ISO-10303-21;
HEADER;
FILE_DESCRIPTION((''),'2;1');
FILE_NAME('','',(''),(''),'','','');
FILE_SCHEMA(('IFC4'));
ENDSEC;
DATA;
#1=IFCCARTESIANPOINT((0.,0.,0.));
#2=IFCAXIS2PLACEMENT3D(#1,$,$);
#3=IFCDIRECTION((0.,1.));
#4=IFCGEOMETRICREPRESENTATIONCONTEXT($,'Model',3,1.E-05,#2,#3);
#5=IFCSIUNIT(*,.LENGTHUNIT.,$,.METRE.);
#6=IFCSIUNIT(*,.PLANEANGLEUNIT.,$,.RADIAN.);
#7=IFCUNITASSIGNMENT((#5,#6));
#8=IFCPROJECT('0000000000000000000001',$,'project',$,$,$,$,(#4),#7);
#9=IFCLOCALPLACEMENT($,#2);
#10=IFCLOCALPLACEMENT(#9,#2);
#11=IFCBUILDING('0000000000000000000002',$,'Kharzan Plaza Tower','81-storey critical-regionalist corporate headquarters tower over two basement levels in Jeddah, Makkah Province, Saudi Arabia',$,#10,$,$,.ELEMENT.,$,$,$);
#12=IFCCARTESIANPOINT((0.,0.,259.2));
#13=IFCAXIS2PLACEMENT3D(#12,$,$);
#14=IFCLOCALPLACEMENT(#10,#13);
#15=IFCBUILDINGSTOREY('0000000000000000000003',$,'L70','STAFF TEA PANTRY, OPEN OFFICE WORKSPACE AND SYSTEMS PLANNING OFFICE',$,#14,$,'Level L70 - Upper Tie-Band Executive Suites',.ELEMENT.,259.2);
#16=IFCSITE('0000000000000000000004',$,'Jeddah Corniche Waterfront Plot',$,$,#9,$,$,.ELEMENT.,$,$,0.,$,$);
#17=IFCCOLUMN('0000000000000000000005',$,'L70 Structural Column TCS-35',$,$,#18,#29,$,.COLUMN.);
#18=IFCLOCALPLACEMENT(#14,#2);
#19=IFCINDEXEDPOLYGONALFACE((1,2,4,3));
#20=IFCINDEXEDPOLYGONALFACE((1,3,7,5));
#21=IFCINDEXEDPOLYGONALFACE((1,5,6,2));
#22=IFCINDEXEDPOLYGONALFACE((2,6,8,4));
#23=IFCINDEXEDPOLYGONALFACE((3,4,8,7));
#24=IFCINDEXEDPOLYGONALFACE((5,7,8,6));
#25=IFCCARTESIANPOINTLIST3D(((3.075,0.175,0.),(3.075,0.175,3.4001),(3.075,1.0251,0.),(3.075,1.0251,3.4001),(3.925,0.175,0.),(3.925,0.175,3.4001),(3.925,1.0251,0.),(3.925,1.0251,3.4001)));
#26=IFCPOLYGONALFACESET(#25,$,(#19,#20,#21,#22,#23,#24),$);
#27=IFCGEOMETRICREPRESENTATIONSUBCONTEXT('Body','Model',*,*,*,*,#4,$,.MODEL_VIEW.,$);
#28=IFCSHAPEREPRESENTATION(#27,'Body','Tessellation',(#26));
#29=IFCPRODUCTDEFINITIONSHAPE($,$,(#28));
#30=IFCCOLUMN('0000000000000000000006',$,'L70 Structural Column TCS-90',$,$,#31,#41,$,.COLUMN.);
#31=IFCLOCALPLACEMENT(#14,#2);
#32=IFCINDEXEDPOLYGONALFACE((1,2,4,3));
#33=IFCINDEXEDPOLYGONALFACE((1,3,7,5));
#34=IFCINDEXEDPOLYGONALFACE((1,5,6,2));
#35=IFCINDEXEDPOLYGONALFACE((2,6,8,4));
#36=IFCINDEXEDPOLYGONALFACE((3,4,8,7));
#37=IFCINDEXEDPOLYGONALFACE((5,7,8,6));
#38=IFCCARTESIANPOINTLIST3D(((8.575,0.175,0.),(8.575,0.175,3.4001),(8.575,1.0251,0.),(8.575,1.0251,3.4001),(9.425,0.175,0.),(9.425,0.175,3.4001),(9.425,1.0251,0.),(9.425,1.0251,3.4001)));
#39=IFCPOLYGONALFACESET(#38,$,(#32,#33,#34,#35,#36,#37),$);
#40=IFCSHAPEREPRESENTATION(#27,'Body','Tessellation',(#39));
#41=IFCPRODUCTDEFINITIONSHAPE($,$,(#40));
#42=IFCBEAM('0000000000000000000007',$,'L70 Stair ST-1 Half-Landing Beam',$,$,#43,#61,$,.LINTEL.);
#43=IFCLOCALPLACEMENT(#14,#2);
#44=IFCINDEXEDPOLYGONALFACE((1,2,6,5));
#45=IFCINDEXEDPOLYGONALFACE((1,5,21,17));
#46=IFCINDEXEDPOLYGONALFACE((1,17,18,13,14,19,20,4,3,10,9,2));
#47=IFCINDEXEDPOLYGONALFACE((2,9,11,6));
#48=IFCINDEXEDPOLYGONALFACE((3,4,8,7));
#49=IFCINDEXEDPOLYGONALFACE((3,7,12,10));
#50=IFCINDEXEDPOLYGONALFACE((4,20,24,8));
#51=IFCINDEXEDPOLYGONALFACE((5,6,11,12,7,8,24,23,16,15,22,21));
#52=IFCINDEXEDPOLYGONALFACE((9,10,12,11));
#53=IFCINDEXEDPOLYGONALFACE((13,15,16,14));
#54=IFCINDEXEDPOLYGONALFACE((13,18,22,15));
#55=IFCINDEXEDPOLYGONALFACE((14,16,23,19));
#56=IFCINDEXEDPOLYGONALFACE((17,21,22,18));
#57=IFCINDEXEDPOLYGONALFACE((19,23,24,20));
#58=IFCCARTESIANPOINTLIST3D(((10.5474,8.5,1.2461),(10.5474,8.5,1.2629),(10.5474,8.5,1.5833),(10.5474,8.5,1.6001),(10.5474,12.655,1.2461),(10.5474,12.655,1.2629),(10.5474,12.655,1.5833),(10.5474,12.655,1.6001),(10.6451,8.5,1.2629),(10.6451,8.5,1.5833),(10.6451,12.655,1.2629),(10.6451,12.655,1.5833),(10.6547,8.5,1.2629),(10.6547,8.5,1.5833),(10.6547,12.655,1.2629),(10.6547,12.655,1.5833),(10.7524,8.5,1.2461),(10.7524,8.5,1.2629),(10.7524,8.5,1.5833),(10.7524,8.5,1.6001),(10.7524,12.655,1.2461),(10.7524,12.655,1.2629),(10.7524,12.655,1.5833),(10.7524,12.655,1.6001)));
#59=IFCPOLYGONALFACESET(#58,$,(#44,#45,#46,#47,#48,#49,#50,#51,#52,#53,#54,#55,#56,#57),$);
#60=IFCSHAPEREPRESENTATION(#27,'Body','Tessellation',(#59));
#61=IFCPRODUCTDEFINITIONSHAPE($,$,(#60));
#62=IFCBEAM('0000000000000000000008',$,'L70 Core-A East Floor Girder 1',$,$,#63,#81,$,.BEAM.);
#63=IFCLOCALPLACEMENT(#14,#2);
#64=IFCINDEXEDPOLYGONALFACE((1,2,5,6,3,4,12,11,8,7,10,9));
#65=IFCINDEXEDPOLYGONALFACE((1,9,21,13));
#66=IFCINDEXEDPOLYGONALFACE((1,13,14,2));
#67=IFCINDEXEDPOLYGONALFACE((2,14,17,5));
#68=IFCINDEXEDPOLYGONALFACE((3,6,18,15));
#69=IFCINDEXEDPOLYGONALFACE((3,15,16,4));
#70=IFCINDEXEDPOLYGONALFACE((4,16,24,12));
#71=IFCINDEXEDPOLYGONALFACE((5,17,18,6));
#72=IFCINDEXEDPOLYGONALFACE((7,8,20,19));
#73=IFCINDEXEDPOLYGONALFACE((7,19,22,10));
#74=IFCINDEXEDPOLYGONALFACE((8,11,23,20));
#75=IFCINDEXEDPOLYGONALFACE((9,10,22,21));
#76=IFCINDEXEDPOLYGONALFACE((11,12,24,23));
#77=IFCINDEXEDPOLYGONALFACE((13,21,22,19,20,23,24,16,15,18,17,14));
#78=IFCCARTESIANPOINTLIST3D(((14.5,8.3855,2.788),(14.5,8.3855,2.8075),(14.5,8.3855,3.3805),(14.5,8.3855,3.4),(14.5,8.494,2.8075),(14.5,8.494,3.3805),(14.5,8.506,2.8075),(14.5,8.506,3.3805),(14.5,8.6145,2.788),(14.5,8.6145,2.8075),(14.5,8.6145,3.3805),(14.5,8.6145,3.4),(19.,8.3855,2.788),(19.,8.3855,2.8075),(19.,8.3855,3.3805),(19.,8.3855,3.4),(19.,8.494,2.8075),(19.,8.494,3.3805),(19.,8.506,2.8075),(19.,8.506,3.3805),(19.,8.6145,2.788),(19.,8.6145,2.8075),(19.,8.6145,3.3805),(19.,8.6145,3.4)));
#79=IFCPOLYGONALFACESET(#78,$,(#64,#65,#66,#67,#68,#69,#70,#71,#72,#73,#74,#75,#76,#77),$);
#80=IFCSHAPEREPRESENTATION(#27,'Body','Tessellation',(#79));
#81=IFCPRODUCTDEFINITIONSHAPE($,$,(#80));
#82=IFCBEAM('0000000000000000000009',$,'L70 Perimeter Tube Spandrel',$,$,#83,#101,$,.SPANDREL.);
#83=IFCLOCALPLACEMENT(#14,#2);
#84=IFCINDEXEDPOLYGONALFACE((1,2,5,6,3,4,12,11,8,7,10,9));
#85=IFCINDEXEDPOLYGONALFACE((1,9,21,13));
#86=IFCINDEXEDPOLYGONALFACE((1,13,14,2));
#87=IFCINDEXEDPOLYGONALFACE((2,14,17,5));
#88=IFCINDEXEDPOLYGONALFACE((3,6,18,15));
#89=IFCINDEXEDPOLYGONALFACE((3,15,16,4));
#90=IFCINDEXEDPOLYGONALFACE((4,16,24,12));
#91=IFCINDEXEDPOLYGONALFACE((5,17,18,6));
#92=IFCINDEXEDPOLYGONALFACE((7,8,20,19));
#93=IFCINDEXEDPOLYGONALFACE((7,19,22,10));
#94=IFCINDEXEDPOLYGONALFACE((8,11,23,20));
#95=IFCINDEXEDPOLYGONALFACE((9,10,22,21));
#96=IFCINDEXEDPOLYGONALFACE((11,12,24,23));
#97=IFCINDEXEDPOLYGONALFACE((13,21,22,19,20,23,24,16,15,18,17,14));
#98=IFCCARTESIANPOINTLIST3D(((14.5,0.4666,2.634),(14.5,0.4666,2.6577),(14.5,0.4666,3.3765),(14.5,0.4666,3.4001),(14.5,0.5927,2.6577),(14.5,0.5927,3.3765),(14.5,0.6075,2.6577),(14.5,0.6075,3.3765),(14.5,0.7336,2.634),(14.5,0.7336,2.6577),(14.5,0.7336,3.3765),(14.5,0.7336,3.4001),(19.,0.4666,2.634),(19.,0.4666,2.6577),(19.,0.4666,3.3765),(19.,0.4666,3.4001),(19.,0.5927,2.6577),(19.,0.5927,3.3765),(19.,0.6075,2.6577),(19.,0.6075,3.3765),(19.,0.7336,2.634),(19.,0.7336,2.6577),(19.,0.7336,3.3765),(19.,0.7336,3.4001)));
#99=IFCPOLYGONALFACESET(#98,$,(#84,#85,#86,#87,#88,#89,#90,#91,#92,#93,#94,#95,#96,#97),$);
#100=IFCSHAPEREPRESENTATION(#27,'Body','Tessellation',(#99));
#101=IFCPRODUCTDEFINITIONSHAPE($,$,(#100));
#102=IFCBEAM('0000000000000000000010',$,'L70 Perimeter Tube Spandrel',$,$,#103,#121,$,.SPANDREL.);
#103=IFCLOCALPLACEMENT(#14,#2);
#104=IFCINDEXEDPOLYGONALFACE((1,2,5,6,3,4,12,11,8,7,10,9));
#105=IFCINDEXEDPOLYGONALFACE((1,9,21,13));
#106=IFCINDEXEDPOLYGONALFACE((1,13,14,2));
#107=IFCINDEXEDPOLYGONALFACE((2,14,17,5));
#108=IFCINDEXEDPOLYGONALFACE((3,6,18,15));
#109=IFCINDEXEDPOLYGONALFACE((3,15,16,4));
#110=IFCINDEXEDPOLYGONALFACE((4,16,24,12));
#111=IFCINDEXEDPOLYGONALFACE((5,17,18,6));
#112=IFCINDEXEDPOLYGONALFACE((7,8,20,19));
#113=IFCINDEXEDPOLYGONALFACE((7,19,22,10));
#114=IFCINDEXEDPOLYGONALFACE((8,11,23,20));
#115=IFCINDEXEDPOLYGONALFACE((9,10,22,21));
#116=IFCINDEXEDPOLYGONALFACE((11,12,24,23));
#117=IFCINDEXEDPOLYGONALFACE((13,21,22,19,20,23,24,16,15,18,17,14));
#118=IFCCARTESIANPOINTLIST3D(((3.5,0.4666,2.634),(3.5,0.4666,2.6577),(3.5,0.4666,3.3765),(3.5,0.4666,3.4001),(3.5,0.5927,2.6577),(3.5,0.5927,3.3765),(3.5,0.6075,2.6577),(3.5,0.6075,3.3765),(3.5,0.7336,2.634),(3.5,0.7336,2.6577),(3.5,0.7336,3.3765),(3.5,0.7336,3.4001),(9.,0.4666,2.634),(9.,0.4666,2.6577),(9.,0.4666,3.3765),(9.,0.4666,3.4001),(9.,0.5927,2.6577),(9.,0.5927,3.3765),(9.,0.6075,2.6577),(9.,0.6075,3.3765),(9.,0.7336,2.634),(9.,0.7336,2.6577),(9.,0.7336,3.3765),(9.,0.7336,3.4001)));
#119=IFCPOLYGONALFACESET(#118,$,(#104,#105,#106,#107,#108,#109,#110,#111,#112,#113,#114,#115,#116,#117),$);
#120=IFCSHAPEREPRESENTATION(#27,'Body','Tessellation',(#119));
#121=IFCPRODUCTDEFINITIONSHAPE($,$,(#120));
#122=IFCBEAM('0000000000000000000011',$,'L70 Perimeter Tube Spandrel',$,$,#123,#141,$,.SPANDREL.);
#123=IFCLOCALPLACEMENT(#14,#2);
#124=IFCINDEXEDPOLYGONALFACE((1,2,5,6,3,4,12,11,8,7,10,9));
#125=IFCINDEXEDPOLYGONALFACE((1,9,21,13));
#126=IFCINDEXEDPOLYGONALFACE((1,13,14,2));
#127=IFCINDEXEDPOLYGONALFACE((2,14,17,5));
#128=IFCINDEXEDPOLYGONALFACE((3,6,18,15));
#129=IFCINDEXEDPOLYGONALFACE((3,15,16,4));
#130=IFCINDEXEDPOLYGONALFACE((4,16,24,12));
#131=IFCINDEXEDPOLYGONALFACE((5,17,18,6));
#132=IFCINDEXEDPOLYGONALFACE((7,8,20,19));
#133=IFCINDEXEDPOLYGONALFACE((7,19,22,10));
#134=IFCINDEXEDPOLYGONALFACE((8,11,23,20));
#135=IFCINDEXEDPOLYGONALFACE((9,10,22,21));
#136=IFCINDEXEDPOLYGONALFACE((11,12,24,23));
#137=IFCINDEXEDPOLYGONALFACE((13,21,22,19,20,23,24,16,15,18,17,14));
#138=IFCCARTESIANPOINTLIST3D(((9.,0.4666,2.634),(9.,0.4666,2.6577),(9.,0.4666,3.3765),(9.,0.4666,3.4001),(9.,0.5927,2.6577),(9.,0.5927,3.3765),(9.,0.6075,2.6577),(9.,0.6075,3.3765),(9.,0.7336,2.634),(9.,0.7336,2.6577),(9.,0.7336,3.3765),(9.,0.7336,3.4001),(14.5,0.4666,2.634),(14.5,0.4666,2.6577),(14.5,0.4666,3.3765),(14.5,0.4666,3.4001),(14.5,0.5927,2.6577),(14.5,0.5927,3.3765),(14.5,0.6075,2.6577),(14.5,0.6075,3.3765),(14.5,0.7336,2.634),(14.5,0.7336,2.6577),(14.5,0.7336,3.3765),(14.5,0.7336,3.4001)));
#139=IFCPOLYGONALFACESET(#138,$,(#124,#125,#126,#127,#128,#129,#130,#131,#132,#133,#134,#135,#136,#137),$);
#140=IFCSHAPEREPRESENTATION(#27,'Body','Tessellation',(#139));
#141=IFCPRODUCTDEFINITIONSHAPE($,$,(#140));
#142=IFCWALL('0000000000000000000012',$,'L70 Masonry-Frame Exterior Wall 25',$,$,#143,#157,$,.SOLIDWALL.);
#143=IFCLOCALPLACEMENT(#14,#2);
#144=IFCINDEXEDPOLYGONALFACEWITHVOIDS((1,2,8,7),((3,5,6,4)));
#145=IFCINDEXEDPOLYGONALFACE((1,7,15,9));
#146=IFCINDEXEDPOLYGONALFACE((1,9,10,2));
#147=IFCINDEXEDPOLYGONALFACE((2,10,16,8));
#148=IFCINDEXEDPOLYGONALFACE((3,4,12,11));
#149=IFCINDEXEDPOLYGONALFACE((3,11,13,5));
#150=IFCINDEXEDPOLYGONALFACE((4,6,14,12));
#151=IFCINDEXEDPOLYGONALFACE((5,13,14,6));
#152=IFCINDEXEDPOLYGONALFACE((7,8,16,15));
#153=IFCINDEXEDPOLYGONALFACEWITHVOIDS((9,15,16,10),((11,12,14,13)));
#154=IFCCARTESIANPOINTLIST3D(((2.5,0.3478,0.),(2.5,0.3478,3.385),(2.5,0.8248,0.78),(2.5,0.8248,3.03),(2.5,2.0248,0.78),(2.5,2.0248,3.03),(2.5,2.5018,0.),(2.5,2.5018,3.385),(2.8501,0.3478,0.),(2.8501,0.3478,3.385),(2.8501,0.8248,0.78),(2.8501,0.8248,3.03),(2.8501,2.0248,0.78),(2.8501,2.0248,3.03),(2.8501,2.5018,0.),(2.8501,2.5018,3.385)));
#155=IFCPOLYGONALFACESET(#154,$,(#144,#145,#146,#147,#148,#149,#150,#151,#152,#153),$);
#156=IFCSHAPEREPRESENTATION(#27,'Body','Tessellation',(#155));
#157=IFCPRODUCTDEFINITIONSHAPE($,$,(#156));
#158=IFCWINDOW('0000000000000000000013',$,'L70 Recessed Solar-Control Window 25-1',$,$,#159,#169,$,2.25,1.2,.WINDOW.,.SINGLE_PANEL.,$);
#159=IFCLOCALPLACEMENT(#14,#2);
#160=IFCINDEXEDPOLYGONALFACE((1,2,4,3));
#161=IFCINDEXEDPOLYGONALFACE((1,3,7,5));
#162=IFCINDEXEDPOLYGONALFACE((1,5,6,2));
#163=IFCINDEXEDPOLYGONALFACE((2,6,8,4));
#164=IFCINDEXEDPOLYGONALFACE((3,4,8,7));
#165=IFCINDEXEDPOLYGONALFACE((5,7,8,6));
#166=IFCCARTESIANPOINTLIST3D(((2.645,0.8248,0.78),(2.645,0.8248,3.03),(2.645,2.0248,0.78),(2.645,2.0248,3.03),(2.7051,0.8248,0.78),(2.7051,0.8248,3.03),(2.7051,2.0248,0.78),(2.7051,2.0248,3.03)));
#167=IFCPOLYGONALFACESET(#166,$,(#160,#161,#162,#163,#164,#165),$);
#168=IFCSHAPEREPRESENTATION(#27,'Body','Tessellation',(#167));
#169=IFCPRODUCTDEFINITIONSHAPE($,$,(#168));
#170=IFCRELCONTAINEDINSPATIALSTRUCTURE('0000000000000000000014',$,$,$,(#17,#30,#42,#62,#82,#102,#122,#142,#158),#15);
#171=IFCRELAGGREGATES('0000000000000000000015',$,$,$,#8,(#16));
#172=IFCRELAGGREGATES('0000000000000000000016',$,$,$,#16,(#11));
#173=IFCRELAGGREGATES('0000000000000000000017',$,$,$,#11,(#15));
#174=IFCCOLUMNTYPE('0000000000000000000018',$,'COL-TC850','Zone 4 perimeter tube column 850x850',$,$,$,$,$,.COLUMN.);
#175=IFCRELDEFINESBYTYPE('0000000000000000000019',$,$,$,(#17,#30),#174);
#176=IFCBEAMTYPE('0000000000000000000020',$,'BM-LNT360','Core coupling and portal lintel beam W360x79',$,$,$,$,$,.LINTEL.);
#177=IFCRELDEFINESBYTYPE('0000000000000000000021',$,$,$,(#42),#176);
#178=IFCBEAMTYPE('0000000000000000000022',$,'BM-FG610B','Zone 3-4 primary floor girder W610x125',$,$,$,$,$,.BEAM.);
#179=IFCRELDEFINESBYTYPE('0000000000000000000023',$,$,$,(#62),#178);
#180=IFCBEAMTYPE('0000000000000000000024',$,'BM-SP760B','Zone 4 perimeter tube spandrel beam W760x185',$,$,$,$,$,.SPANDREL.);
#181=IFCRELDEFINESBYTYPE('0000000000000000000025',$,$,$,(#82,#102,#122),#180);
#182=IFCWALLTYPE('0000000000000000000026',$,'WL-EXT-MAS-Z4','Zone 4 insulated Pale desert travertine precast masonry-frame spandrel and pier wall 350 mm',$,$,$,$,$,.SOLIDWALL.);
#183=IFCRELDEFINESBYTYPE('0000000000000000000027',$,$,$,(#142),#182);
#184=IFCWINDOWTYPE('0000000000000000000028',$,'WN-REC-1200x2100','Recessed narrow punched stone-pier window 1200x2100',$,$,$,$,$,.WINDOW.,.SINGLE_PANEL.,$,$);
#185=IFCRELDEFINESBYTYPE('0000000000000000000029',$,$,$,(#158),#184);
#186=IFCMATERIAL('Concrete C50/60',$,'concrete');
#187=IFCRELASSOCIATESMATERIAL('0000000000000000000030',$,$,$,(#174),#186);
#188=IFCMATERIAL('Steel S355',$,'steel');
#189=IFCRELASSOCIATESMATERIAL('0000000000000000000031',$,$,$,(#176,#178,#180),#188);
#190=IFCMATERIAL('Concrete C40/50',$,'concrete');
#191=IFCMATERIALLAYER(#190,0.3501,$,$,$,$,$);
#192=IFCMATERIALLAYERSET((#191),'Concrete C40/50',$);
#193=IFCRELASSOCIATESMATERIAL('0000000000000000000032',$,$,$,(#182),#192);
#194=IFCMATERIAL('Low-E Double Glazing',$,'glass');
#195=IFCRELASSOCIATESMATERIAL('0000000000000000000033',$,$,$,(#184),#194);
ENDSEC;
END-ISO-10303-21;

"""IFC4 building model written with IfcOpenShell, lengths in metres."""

from ifc_helpers import new_model, si_unit, direction, frame, frame_2d, origin, origin_2d, place, context, subcontext, project, spatial, rectangle, i_section, extrude, source, transform, mapped, material, layer, layer_set, material_profile, profile_set, type_object, element, fill, save


model = new_model("IFC4")

# Units and contexts
model_context = context("Model", 3, precision=1e-05, world=origin(), true_north=direction((0.0, 1.0)))
body_context = subcontext(model_context, "Body", "Model", "MODEL_VIEW")
ifc_project = project(units=[si_unit("LENGTHUNIT", "METRE"), si_unit("PLANEANGLEUNIT", "RADIAN")], contexts=[model_context])

# Site, building, storey
site_placement = place(None, origin())
site = spatial("IfcSite", under=ifc_project, at=site_placement, Name="Jeddah Corniche Waterfront Plot", CompositionType="ELEMENT", RefElevation=0.0)
building_placement = place(site_placement, origin())
building = spatial("IfcBuilding", under=site, at=building_placement, Name="Kharzan Plaza Tower", Description="81-storey critical-regionalist corporate headquarters tower over two basement levels in Jeddah, Makkah Province, Saudi Arabia", CompositionType="ELEMENT")
storey_placement = place(building_placement, frame((0.0, 0.0, 259.2)))
storey = spatial("IfcBuildingStorey", under=building, at=storey_placement, Name="L70", Description="STAFF TEA PANTRY, OPEN OFFICE WORKSPACE AND SYSTEMS PLANNING OFFICE", LongName="Level L70 - Upper Tie-Band Executive Suites", CompositionType="ELEMENT", Elevation=259.2)

# Columns
ifc_material_1 = material(Name="Concrete C50/60", Category="concrete")
ifc_material_profile_1 = material_profile(ifc_material_1, rectangle(XDim=0.8501, YDim=0.8501, at=origin_2d()), Name="RC-TC850x850")
ifc_profile_set_1 = profile_set([ifc_material_profile_1], Name="Concrete C50/60")
column_type = type_object("IfcColumnType", Name="COL-TC850", Description="Zone 4 perimeter tube column 850x850", PredefinedType="COLUMN", material=ifc_profile_set_1)
shared_shape_1 = source(origin(), body_context, "Body", "SweptSolid", [
    extrude(rectangle(XDim=0.8501, YDim=0.8501, at=origin_2d()), origin(), (0.0, 0.0, 1.0), 3.4001),
])
for number, where, z_axis, x_axis, name in (
    (1, (3.5, 0.6001, 0.0), (0.0, 0.0, 1.0), (1.0, 0.0, 0.0), "L70 Structural Column TCS-35"),
    (2, (9.0, 0.6001, 0.0), (0.0, 0.0, 1.0), (1.0, 0.0, 0.0), "L70 Structural Column TCS-90"),
):
    element("IfcColumn", number, at=place(storey_placement, frame(where, z_axis=z_axis, x_axis=x_axis)), inside=storey, type_object=column_type, Name=name, PredefinedType="COLUMN", context=body_context, shape_type="MappedRepresentation", body=[
        mapped(shared_shape_1, transform((0.0, 0.0, 0.0), x_axis=(1.0, 0.0, 0.0), y_axis=(0.0, 1.0, 0.0), z_axis=(0.0, 0.0, 1.0))),
    ])

# Beams
ifc_material_2 = material(Name="Steel S355", Category="steel")
ifc_material_profile_2 = material_profile(ifc_material_2, i_section(OverallWidth=0.2051, OverallDepth=0.354, WebThickness=0.0095, FlangeThickness=0.0168, at=origin_2d()), Name="W360x79")
ifc_profile_set_2 = profile_set([ifc_material_profile_2], Name="Steel S355")
beam_type_1 = type_object("IfcBeamType", Name="BM-LNT360", Description="Core coupling and portal lintel beam W360x79", PredefinedType="LINTEL", material=ifc_profile_set_2)
shared_shape_2 = source(origin(), body_context, "Body", "SweptSolid", [
    extrude(i_section(OverallWidth=0.2051, OverallDepth=0.354, WebThickness=0.0095, FlangeThickness=0.0168, at=origin_2d()), origin(), (0.0, 0.0, 1.0), 4.155),
])
beam_1_placement = place(storey_placement, frame((10.6499, 8.5, 1.4231), z_axis=(0.0, 1.0, 0.0), x_axis=(-1.0, 0.0, 0.0)))
element("IfcBeam", 3, at=beam_1_placement, inside=storey, type_object=beam_type_1, Name="L70 Stair ST-1 Half-Landing Beam", PredefinedType="LINTEL", context=body_context, shape_type="MappedRepresentation", body=[
    mapped(shared_shape_2, transform((0.0, 0.0, 0.0), x_axis=(1.0, 0.0, 0.0), y_axis=(0.0, 1.0, 0.0), z_axis=(0.0, 0.0, 1.0))),
])
ifc_material_profile_3 = material_profile(ifc_material_2, i_section(OverallWidth=0.229, OverallDepth=0.6121, WebThickness=0.012, FlangeThickness=0.0195, at=origin_2d()), Name="W610x125")
ifc_profile_set_3 = profile_set([ifc_material_profile_3], Name="Steel S355")
beam_type_2 = type_object("IfcBeamType", Name="BM-FG610B", Description="Zone 3-4 primary floor girder W610x125", PredefinedType="BEAM", material=ifc_profile_set_3)
shared_shape_3 = source(origin(), body_context, "Body", "SweptSolid", [
    extrude(i_section(OverallWidth=0.229, OverallDepth=0.6121, WebThickness=0.012, FlangeThickness=0.0195, at=origin_2d()), origin(), (0.0, 0.0, 1.0), 4.5),
])
beam_2_placement = place(storey_placement, frame((14.5, 8.5, 3.094), z_axis=(1.0, 0.0, 0.0), x_axis=(0.0, 1.0, 0.0)))
element("IfcBeam", 4, at=beam_2_placement, inside=storey, type_object=beam_type_2, Name="L70 Core-A East Floor Girder 1", PredefinedType="BEAM", context=body_context, shape_type="MappedRepresentation", body=[
    mapped(shared_shape_3, transform((0.0, 0.0, 0.0), x_axis=(1.0, 0.0, 0.0), y_axis=(0.0, 1.0, 0.0), z_axis=(0.0, 0.0, 1.0))),
])
ifc_material_profile_4 = material_profile(ifc_material_2, i_section(OverallWidth=0.2671, OverallDepth=0.7661, WebThickness=0.0149, FlangeThickness=0.0237, at=origin_2d()), Name="W760x185")
ifc_profile_set_4 = profile_set([ifc_material_profile_4], Name="Steel S355")
beam_type_3 = type_object("IfcBeamType", Name="BM-SP760B", Description="Zone 4 perimeter tube spandrel beam W760x185", PredefinedType="SPANDREL", material=ifc_profile_set_4)
shared_shape_4 = source(origin(), body_context, "Body", "SweptSolid", [
    extrude(i_section(OverallWidth=0.2671, OverallDepth=0.7661, WebThickness=0.0149, FlangeThickness=0.0237, at=origin_2d()), origin(), (0.0, 0.0, 1.0), 4.5),
])
beam_3_placement = place(storey_placement, frame((14.5, 0.6001, 3.0171), z_axis=(1.0, 0.0, 0.0), x_axis=(0.0, 1.0, 0.0)))
element("IfcBeam", 5, at=beam_3_placement, inside=storey, type_object=beam_type_3, Name="L70 Perimeter Tube Spandrel", PredefinedType="SPANDREL", context=body_context, shape_type="MappedRepresentation", body=[
    mapped(shared_shape_4, transform((0.0, 0.0, 0.0), x_axis=(1.0, 0.0, 0.0), y_axis=(0.0, 1.0, 0.0), z_axis=(0.0, 0.0, 1.0))),
])
shared_shape_5 = source(origin(), body_context, "Body", "SweptSolid", [
    extrude(i_section(OverallWidth=0.2671, OverallDepth=0.7661, WebThickness=0.0149, FlangeThickness=0.0237, at=origin_2d()), origin(), (0.0, 0.0, 1.0), 5.5),
])
for number, where, z_axis, x_axis, name in (
    (6, (3.5, 0.6001, 3.0171), (1.0, 0.0, 0.0), (0.0, 1.0, 0.0), "L70 Perimeter Tube Spandrel"),
    (7, (9.0, 0.6001, 3.0171), (1.0, 0.0, 0.0), (0.0, 1.0, 0.0), "L70 Perimeter Tube Spandrel"),
):
    element("IfcBeam", number, at=place(storey_placement, frame(where, z_axis=z_axis, x_axis=x_axis)), inside=storey, type_object=beam_type_3, Name=name, PredefinedType="SPANDREL", context=body_context, shape_type="MappedRepresentation", body=[
        mapped(shared_shape_5, transform((0.0, 0.0, 0.0), x_axis=(1.0, 0.0, 0.0), y_axis=(0.0, 1.0, 0.0), z_axis=(0.0, 0.0, 1.0))),
    ])

# Wall, opening, window
ifc_material_3 = material(Name="Concrete C40/50", Category="concrete")
ifc_layer_1 = layer(ifc_material_3, 0.3501)
ifc_layer_set_1 = layer_set([ifc_layer_1], Name="Concrete C40/50")
wall_type_1 = type_object("IfcWallType", Name="WL-EXT-MAS-Z4", Description="Zone 4 insulated Pale desert travertine precast masonry-frame spandrel and pier wall 350 mm", PredefinedType="SOLIDWALL", material=ifc_layer_set_1)
wall_1_placement = place(storey_placement, frame((2.675, 2.502, 0.0), z_axis=(0.0, 0.0, 1.0), x_axis=(0.0, -1.0, 0.0)))
wall_1 = element("IfcWall", 8, at=wall_1_placement, inside=storey, type_object=wall_type_1, Name="L70 Masonry-Frame Exterior Wall 25", PredefinedType="SOLIDWALL", context=body_context, shape_type="SweptSolid", body=[
    extrude(rectangle(XDim=2.1541, YDim=0.3501, at=frame_2d((1.0771, 0.0))), origin(), (0.0, 0.0, 1.0), 3.385),
])
opening_1_placement = place(wall_1_placement, frame((0.4771, 0.0, 0.78)))
opening_1 = element("IfcOpeningElement", 9, at=opening_1_placement, cuts=wall_1, PredefinedType="OPENING", context=body_context, shape_type="SweptSolid", body=[
    extrude(rectangle(XDim=1.2, YDim=2.25, at=frame_2d((0.6001, 1.125))), frame((0.0, 0.1851, 0.0), z_axis=(0.0, -1.0, 0.0), x_axis=(1.0, 0.0, 0.0)), (0.0, 0.0, 1.0), 0.3701),
])
ifc_material_4 = material(Name="Low-E Double Glazing", Category="glass")
window_type_1 = type_object("IfcWindowType", Name="WN-REC-1200x2100", Description="Recessed narrow punched stone-pier window 1200x2100", PartitioningType="SINGLE_PANEL", PredefinedType="WINDOW", material=ifc_material_4)
shared_shape_6 = source(origin(), body_context, "Body", "SweptSolid", [
    extrude(rectangle(XDim=1.2, YDim=2.25, at=frame_2d((0.6001, 1.125))), frame((0.0, 0.03, 0.0), z_axis=(0.0, -1.0, 0.0), x_axis=(1.0, 0.0, 0.0)), (0.0, 0.0, 1.0), 0.0601),
])
window_1_placement = place(opening_1_placement, origin())
window_1 = element("IfcWindow", 10, at=window_1_placement, inside=storey, type_object=window_type_1, Name="L70 Recessed Solar-Control Window 25-1", OverallHeight=2.25, OverallWidth=1.2, PartitioningType="SINGLE_PANEL", PredefinedType="WINDOW", context=body_context, shape_type="MappedRepresentation", body=[
    mapped(shared_shape_6, transform((0.0, 0.0, 0.0), x_axis=(1.0, 0.0, 0.0), y_axis=(0.0, 1.0, 0.0), z_axis=(0.0, 0.0, 1.0))),
])
fill(opening_1, window_1)

save(model, "model.ifc")
